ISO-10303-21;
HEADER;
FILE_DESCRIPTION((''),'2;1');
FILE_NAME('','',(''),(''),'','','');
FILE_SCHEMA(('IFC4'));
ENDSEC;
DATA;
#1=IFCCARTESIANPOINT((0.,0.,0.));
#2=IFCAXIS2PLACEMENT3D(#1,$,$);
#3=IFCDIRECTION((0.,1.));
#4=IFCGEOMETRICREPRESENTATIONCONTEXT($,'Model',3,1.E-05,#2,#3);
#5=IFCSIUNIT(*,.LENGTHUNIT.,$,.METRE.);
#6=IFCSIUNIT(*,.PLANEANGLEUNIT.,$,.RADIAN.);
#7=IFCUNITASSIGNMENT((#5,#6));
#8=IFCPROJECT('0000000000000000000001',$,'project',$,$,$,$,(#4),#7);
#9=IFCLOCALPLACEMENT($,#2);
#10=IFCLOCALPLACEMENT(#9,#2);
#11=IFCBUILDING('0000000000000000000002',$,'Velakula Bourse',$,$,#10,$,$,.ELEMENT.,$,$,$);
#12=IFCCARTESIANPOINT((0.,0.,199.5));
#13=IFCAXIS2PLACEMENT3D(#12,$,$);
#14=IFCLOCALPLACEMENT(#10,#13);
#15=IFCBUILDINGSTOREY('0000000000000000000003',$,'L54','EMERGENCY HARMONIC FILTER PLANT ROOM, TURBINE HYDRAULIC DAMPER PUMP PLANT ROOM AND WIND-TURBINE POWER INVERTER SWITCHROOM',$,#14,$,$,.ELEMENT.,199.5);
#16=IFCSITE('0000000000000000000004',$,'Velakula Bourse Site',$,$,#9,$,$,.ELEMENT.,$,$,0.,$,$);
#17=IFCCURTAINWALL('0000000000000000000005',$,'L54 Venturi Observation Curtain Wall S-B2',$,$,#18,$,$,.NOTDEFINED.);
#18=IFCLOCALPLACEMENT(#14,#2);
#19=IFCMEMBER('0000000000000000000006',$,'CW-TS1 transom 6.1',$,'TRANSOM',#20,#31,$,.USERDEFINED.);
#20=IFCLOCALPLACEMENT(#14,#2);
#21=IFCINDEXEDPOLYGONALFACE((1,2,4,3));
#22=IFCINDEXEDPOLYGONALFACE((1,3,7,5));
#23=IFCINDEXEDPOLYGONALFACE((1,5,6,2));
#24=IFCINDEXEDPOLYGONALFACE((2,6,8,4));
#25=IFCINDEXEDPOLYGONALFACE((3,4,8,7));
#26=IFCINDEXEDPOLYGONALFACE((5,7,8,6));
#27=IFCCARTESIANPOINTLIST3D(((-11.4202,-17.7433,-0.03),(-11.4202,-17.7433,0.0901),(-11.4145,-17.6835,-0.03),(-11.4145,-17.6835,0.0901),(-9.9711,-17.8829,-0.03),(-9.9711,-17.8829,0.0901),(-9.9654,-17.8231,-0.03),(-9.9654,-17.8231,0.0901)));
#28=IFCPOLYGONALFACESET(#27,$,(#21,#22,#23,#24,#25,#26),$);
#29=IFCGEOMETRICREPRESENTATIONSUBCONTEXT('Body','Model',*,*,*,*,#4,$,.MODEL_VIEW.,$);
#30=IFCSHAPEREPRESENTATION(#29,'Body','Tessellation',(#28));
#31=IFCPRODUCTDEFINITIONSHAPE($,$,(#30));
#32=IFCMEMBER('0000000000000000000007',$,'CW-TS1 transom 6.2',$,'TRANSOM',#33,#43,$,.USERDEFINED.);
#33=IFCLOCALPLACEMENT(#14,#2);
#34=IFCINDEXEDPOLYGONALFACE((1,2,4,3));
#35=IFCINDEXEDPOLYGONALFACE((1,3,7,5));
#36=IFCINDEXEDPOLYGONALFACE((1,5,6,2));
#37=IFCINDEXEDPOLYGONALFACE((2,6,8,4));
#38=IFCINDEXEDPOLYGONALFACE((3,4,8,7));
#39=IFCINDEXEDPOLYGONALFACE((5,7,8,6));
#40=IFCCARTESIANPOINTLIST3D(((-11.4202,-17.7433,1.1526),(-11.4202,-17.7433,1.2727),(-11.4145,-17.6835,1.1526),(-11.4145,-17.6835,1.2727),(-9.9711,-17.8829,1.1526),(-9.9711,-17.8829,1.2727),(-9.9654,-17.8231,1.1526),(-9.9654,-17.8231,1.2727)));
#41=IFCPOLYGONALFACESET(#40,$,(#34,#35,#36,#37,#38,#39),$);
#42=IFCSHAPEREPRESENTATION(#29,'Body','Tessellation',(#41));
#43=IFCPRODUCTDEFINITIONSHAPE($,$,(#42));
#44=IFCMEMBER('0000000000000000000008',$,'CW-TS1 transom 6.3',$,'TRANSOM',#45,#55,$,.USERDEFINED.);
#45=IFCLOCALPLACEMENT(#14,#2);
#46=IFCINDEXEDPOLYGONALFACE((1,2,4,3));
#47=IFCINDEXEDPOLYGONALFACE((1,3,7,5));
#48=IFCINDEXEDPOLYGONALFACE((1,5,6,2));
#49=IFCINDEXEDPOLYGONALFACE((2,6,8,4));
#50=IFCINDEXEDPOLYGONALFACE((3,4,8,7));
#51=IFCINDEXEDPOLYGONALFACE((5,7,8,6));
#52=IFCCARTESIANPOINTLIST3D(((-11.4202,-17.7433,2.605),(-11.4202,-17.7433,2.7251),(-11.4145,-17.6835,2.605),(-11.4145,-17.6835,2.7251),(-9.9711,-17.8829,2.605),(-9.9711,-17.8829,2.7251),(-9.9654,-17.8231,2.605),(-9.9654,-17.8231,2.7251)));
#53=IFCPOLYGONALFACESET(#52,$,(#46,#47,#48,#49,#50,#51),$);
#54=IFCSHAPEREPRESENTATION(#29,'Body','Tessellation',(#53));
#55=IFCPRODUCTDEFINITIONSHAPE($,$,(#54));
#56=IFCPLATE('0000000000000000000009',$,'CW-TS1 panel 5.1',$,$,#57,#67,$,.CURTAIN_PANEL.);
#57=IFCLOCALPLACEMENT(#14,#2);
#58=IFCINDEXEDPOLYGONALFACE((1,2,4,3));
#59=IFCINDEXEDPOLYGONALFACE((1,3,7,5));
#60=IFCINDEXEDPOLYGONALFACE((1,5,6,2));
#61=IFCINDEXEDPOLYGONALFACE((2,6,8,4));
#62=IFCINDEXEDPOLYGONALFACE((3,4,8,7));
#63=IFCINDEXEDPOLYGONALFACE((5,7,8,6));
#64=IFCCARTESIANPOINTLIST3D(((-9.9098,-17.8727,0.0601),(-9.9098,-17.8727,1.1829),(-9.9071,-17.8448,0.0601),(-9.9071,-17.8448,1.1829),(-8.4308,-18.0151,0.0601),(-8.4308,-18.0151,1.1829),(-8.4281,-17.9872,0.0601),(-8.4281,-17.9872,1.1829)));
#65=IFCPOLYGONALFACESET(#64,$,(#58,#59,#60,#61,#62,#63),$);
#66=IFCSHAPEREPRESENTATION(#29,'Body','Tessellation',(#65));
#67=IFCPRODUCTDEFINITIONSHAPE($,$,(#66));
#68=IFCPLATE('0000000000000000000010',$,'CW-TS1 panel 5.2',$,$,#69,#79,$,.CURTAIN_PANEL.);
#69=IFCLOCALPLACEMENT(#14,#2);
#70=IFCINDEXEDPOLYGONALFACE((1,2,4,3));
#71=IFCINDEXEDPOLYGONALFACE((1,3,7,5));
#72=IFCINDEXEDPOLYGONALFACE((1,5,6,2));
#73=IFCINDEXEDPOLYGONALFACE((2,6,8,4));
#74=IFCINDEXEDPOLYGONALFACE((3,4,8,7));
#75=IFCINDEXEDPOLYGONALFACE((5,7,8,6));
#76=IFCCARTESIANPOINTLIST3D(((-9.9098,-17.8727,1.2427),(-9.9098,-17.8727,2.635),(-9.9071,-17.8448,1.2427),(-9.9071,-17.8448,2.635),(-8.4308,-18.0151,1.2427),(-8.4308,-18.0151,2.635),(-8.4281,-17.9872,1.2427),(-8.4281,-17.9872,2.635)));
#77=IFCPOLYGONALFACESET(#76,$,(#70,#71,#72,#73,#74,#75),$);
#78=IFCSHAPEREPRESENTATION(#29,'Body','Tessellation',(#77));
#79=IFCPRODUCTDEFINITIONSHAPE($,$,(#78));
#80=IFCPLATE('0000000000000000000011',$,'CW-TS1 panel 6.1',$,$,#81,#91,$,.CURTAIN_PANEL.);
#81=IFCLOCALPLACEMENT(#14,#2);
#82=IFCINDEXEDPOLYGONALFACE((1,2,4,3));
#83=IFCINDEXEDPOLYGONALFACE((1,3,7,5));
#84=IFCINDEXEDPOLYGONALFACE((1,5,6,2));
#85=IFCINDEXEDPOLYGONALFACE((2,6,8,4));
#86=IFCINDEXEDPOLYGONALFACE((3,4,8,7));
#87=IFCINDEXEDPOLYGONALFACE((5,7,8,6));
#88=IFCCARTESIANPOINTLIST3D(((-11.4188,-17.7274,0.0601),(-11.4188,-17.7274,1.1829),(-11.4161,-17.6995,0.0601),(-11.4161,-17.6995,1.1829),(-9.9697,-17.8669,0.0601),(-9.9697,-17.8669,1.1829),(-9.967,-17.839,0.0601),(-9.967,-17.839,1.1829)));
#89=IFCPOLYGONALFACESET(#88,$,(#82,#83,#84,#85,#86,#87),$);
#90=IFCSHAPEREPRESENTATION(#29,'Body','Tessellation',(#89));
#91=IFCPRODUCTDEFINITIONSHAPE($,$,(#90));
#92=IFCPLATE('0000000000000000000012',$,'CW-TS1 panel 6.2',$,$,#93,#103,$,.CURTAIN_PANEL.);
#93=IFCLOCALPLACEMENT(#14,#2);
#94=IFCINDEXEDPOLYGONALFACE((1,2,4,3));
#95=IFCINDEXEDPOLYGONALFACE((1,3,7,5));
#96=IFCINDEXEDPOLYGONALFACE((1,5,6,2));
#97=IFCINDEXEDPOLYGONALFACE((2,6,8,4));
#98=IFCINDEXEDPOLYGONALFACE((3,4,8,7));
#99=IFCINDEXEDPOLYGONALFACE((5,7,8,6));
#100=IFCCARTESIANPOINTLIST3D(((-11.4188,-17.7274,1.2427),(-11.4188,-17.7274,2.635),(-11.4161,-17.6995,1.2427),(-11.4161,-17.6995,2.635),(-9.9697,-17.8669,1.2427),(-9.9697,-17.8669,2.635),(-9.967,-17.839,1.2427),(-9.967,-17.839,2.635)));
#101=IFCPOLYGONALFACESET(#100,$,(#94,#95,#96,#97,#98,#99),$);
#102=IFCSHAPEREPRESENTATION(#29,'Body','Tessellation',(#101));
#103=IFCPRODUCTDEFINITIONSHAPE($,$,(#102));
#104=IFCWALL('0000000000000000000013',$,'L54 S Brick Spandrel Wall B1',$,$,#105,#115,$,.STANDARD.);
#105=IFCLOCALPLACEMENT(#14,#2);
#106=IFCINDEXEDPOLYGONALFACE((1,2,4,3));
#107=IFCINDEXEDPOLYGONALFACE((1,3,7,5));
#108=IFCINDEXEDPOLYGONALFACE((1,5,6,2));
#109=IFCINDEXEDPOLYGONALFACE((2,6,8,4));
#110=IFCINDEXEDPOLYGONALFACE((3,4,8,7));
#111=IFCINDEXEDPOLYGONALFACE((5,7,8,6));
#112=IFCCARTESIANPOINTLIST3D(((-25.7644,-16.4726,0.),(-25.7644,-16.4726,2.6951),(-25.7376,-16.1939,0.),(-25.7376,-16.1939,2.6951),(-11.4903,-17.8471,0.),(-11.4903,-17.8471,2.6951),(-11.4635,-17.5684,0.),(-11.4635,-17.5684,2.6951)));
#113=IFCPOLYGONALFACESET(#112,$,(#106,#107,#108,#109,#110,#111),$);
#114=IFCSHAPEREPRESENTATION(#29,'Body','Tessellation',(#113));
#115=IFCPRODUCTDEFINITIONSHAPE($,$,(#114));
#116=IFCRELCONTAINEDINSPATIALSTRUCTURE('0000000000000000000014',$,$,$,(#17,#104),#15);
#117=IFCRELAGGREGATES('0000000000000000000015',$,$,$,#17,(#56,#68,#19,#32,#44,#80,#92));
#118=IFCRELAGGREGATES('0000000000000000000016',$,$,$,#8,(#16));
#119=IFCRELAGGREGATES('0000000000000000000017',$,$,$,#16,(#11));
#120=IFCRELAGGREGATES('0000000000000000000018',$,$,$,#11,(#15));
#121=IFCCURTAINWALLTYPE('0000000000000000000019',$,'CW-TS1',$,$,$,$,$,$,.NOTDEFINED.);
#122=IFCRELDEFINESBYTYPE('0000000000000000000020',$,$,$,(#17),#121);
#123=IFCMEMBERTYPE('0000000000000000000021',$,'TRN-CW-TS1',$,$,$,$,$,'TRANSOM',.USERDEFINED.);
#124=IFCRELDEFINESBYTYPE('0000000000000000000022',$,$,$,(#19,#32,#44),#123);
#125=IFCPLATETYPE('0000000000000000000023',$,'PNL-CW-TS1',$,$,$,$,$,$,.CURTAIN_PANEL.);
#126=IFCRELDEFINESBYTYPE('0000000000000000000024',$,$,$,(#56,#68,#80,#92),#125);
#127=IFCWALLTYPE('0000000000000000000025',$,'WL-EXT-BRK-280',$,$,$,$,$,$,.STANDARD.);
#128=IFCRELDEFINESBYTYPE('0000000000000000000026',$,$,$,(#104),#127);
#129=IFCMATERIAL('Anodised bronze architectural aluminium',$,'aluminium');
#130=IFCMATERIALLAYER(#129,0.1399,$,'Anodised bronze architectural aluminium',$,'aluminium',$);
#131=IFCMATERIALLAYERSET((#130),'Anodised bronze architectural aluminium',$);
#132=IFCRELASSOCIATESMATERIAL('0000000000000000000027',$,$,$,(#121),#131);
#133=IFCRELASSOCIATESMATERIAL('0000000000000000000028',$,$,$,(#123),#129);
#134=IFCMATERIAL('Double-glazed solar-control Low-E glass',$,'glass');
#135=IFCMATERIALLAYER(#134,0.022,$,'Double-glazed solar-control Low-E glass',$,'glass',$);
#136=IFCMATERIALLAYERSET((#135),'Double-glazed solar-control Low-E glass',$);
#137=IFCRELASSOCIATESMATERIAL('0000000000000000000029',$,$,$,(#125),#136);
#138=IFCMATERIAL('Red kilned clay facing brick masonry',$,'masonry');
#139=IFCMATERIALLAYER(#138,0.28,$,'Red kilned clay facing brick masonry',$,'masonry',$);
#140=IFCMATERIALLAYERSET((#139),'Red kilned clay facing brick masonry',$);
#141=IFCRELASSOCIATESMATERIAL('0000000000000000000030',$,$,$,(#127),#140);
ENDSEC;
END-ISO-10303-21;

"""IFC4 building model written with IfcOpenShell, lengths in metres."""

from ifc_helpers import new_model, si_unit, direction, frame, frame_2d, origin, origin_2d, place, context, subcontext, project, spatial, rectangle, extrude, material, layer, layer_set, material_profile, profile_set, type_object, element, aggregate, save


model = new_model("IFC4")

# Units and contexts
model_context = context("Model", 3, precision=1e-05, world=origin(), true_north=direction((0.0, 1.0)))
body_context = subcontext(model_context, "Body", "Model", "MODEL_VIEW")
ifc_project = project(units=[si_unit("LENGTHUNIT", "METRE"), si_unit("PLANEANGLEUNIT", "RADIAN")], contexts=[model_context])

# Site, building, storey
site_placement = place(None, origin())
site = spatial("IfcSite", under=ifc_project, at=site_placement, Name="Velakula Bourse Site", CompositionType="ELEMENT", RefElevation=0.0)
building_placement = place(site_placement, origin())
building = spatial("IfcBuilding", under=site, at=building_placement, Name="Velakula Bourse", CompositionType="ELEMENT")
storey_placement = place(building_placement, frame((0.0, 0.0, 199.5)))
storey = spatial("IfcBuildingStorey", under=building, at=storey_placement, Name="L54", Description="EMERGENCY HARMONIC FILTER PLANT ROOM, TURBINE HYDRAULIC DAMPER PUMP PLANT ROOM AND WIND-TURBINE POWER INVERTER SWITCHROOM", CompositionType="ELEMENT", Elevation=199.5)

# Curtain wall
ifc_material_1 = material(Name="Anodised bronze architectural aluminium", Category="aluminium")
ifc_layer_1 = layer(ifc_material_1, 0.1399, Name="Anodised bronze architectural aluminium", Category="aluminium")
ifc_layer_set_1 = layer_set([ifc_layer_1], Name="Anodised bronze architectural aluminium")
curtain_wall_type = type_object("IfcCurtainWallType", Name="CW-TS1", PredefinedType="NOTDEFINED", material=ifc_layer_set_1)
curtain_wall_placement = place(storey_placement, origin())
curtain_wall = element("IfcCurtainWall", 1, at=curtain_wall_placement, inside=storey, type_object=curtain_wall_type, Name="L54 Venturi Observation Curtain Wall S-B2", PredefinedType="NOTDEFINED")

# Members
ifc_material_profile_1 = material_profile(ifc_material_1, rectangle(XDim=0.0601, YDim=0.1201, at=origin_2d()), Name="Anodised bronze architectural aluminium")
ifc_profile_set_1 = profile_set([ifc_material_profile_1], Name="Anodised bronze architectural aluminium")
member_type_1 = type_object("IfcMemberType", Name="TRN-CW-TS1", ElementType="TRANSOM", PredefinedType="USERDEFINED", material=ifc_profile_set_1)
member_1_placement = place(storey_placement, frame((-9.9683, -17.853, 0.03), z_axis=(-0.995389, 0.095917, 0.0), x_axis=(-0.095917, -0.995389, 0.0)))
member_1 = element("IfcMember", 2, at=member_1_placement, type_object=member_type_1, Name="CW-TS1 transom 6.1", ObjectType="TRANSOM", PredefinedType="USERDEFINED", context=body_context, shape_type="SweptSolid", body=[
    extrude(rectangle(XDim=0.0601, YDim=0.1201, at=origin_2d()), origin(), (0.0, 0.0, 1.0), 1.4558),
])
member_2_placement = place(storey_placement, frame((-9.9683, -17.853, 1.2126), z_axis=(-0.995389, 0.095917, 0.0), x_axis=(-0.095917, -0.995389, 0.0)))
member_2 = element("IfcMember", 3, at=member_2_placement, type_object=member_type_1, Name="CW-TS1 transom 6.2", ObjectType="TRANSOM", PredefinedType="USERDEFINED", context=body_context, shape_type="SweptSolid", body=[
    extrude(rectangle(XDim=0.0601, YDim=0.1201, at=origin_2d()), origin(), (0.0, 0.0, 1.0), 1.4558),
])
member_3_placement = place(storey_placement, frame((-9.9683, -17.853, 2.665), z_axis=(-0.995389, 0.095917, 0.0), x_axis=(-0.095917, -0.995389, 0.0)))
member_3 = element("IfcMember", 4, at=member_3_placement, type_object=member_type_1, Name="CW-TS1 transom 6.3", ObjectType="TRANSOM", PredefinedType="USERDEFINED", context=body_context, shape_type="SweptSolid", body=[
    extrude(rectangle(XDim=0.0601, YDim=0.1201, at=origin_2d()), origin(), (0.0, 0.0, 1.0), 1.4558),
])

# Plates
ifc_material_2 = material(Name="Double-glazed solar-control Low-E glass", Category="glass")
ifc_layer_2 = layer(ifc_material_2, 0.022, Name="Double-glazed solar-control Low-E glass", Category="glass")
ifc_layer_set_2 = layer_set([ifc_layer_2], Name="Double-glazed solar-control Low-E glass")
plate_type = type_object("IfcPlateType", Name="PNL-CW-TS1", PredefinedType="CURTAIN_PANEL", material=ifc_layer_set_2)
plate_1_placement = place(storey_placement, frame((-9.1689, -17.9299, 0.0601), z_axis=(0.0, 0.0, 1.0), x_axis=(-0.995396, 0.095849, 0.0)))
plate_1 = element("IfcPlate", 5, at=plate_1_placement, type_object=plate_type, Name="CW-TS1 panel 5.1", PredefinedType="CURTAIN_PANEL", context=body_context, shape_type="SweptSolid", body=[
    extrude(rectangle(XDim=1.4858, YDim=0.0281, at=origin_2d()), origin(), (0.0, 0.0, 1.0), 1.1228),
])
plate_2_placement = place(storey_placement, frame((-9.1689, -17.9299, 1.2427), z_axis=(0.0, 0.0, 1.0), x_axis=(-0.995396, 0.095849, 0.0)))
plate_2 = element("IfcPlate", 6, at=plate_2_placement, type_object=plate_type, Name="CW-TS1 panel 5.2", PredefinedType="CURTAIN_PANEL", context=body_context, shape_type="SweptSolid", body=[
    extrude(rectangle(XDim=1.4858, YDim=0.0281, at=origin_2d()), origin(), (0.0, 0.0, 1.0), 1.3923),
])
plate_3_placement = place(storey_placement, frame((-10.6929, -17.7832, 0.0601), z_axis=(0.0, 0.0, 1.0), x_axis=(-0.995396, 0.095849, 0.0)))
plate_3 = element("IfcPlate", 7, at=plate_3_placement, type_object=plate_type, Name="CW-TS1 panel 6.1", PredefinedType="CURTAIN_PANEL", context=body_context, shape_type="SweptSolid", body=[
    extrude(rectangle(XDim=1.4558, YDim=0.0281, at=origin_2d()), origin(), (0.0, 0.0, 1.0), 1.1228),
])
plate_4_placement = place(storey_placement, frame((-10.6929, -17.7832, 1.2427), z_axis=(0.0, 0.0, 1.0), x_axis=(-0.995396, 0.095849, 0.0)))
plate_4 = element("IfcPlate", 8, at=plate_4_placement, type_object=plate_type, Name="CW-TS1 panel 6.2", PredefinedType="CURTAIN_PANEL", context=body_context, shape_type="SweptSolid", body=[
    extrude(rectangle(XDim=1.4558, YDim=0.0281, at=origin_2d()), origin(), (0.0, 0.0, 1.0), 1.3923),
])
aggregate(curtain_wall, [plate_1, plate_2, member_1, member_2, member_3, plate_3, plate_4])

# Wall
ifc_material_3 = material(Name="Red kilned clay facing brick masonry", Category="masonry")
ifc_layer_3 = layer(ifc_material_3, 0.28, Name="Red kilned clay facing brick masonry", Category="masonry")
ifc_layer_set_3 = layer_set([ifc_layer_3], Name="Red kilned clay facing brick masonry")
wall_type = type_object("IfcWallType", Name="WL-EXT-BRK-280", PredefinedType="STANDARD", material=ifc_layer_set_3)
wall_placement = place(storey_placement, frame((-11.4771, -17.7078, 0.0), z_axis=(0.0, 0.0, 1.0), x_axis=(-0.995396, 0.09585, 0.0)))
element("IfcWall", 9, at=wall_placement, inside=storey, type_object=wall_type, Name="L54 S Brick Spandrel Wall B1", PredefinedType="STANDARD", context=body_context, shape_type="SweptSolid", body=[
    extrude(rectangle(XDim=14.3401, YDim=0.28, at=frame_2d((7.1699, 0.0))), origin(), (0.0, 0.0, 1.0), 2.6951),
])

save(model, "model.ifc")
